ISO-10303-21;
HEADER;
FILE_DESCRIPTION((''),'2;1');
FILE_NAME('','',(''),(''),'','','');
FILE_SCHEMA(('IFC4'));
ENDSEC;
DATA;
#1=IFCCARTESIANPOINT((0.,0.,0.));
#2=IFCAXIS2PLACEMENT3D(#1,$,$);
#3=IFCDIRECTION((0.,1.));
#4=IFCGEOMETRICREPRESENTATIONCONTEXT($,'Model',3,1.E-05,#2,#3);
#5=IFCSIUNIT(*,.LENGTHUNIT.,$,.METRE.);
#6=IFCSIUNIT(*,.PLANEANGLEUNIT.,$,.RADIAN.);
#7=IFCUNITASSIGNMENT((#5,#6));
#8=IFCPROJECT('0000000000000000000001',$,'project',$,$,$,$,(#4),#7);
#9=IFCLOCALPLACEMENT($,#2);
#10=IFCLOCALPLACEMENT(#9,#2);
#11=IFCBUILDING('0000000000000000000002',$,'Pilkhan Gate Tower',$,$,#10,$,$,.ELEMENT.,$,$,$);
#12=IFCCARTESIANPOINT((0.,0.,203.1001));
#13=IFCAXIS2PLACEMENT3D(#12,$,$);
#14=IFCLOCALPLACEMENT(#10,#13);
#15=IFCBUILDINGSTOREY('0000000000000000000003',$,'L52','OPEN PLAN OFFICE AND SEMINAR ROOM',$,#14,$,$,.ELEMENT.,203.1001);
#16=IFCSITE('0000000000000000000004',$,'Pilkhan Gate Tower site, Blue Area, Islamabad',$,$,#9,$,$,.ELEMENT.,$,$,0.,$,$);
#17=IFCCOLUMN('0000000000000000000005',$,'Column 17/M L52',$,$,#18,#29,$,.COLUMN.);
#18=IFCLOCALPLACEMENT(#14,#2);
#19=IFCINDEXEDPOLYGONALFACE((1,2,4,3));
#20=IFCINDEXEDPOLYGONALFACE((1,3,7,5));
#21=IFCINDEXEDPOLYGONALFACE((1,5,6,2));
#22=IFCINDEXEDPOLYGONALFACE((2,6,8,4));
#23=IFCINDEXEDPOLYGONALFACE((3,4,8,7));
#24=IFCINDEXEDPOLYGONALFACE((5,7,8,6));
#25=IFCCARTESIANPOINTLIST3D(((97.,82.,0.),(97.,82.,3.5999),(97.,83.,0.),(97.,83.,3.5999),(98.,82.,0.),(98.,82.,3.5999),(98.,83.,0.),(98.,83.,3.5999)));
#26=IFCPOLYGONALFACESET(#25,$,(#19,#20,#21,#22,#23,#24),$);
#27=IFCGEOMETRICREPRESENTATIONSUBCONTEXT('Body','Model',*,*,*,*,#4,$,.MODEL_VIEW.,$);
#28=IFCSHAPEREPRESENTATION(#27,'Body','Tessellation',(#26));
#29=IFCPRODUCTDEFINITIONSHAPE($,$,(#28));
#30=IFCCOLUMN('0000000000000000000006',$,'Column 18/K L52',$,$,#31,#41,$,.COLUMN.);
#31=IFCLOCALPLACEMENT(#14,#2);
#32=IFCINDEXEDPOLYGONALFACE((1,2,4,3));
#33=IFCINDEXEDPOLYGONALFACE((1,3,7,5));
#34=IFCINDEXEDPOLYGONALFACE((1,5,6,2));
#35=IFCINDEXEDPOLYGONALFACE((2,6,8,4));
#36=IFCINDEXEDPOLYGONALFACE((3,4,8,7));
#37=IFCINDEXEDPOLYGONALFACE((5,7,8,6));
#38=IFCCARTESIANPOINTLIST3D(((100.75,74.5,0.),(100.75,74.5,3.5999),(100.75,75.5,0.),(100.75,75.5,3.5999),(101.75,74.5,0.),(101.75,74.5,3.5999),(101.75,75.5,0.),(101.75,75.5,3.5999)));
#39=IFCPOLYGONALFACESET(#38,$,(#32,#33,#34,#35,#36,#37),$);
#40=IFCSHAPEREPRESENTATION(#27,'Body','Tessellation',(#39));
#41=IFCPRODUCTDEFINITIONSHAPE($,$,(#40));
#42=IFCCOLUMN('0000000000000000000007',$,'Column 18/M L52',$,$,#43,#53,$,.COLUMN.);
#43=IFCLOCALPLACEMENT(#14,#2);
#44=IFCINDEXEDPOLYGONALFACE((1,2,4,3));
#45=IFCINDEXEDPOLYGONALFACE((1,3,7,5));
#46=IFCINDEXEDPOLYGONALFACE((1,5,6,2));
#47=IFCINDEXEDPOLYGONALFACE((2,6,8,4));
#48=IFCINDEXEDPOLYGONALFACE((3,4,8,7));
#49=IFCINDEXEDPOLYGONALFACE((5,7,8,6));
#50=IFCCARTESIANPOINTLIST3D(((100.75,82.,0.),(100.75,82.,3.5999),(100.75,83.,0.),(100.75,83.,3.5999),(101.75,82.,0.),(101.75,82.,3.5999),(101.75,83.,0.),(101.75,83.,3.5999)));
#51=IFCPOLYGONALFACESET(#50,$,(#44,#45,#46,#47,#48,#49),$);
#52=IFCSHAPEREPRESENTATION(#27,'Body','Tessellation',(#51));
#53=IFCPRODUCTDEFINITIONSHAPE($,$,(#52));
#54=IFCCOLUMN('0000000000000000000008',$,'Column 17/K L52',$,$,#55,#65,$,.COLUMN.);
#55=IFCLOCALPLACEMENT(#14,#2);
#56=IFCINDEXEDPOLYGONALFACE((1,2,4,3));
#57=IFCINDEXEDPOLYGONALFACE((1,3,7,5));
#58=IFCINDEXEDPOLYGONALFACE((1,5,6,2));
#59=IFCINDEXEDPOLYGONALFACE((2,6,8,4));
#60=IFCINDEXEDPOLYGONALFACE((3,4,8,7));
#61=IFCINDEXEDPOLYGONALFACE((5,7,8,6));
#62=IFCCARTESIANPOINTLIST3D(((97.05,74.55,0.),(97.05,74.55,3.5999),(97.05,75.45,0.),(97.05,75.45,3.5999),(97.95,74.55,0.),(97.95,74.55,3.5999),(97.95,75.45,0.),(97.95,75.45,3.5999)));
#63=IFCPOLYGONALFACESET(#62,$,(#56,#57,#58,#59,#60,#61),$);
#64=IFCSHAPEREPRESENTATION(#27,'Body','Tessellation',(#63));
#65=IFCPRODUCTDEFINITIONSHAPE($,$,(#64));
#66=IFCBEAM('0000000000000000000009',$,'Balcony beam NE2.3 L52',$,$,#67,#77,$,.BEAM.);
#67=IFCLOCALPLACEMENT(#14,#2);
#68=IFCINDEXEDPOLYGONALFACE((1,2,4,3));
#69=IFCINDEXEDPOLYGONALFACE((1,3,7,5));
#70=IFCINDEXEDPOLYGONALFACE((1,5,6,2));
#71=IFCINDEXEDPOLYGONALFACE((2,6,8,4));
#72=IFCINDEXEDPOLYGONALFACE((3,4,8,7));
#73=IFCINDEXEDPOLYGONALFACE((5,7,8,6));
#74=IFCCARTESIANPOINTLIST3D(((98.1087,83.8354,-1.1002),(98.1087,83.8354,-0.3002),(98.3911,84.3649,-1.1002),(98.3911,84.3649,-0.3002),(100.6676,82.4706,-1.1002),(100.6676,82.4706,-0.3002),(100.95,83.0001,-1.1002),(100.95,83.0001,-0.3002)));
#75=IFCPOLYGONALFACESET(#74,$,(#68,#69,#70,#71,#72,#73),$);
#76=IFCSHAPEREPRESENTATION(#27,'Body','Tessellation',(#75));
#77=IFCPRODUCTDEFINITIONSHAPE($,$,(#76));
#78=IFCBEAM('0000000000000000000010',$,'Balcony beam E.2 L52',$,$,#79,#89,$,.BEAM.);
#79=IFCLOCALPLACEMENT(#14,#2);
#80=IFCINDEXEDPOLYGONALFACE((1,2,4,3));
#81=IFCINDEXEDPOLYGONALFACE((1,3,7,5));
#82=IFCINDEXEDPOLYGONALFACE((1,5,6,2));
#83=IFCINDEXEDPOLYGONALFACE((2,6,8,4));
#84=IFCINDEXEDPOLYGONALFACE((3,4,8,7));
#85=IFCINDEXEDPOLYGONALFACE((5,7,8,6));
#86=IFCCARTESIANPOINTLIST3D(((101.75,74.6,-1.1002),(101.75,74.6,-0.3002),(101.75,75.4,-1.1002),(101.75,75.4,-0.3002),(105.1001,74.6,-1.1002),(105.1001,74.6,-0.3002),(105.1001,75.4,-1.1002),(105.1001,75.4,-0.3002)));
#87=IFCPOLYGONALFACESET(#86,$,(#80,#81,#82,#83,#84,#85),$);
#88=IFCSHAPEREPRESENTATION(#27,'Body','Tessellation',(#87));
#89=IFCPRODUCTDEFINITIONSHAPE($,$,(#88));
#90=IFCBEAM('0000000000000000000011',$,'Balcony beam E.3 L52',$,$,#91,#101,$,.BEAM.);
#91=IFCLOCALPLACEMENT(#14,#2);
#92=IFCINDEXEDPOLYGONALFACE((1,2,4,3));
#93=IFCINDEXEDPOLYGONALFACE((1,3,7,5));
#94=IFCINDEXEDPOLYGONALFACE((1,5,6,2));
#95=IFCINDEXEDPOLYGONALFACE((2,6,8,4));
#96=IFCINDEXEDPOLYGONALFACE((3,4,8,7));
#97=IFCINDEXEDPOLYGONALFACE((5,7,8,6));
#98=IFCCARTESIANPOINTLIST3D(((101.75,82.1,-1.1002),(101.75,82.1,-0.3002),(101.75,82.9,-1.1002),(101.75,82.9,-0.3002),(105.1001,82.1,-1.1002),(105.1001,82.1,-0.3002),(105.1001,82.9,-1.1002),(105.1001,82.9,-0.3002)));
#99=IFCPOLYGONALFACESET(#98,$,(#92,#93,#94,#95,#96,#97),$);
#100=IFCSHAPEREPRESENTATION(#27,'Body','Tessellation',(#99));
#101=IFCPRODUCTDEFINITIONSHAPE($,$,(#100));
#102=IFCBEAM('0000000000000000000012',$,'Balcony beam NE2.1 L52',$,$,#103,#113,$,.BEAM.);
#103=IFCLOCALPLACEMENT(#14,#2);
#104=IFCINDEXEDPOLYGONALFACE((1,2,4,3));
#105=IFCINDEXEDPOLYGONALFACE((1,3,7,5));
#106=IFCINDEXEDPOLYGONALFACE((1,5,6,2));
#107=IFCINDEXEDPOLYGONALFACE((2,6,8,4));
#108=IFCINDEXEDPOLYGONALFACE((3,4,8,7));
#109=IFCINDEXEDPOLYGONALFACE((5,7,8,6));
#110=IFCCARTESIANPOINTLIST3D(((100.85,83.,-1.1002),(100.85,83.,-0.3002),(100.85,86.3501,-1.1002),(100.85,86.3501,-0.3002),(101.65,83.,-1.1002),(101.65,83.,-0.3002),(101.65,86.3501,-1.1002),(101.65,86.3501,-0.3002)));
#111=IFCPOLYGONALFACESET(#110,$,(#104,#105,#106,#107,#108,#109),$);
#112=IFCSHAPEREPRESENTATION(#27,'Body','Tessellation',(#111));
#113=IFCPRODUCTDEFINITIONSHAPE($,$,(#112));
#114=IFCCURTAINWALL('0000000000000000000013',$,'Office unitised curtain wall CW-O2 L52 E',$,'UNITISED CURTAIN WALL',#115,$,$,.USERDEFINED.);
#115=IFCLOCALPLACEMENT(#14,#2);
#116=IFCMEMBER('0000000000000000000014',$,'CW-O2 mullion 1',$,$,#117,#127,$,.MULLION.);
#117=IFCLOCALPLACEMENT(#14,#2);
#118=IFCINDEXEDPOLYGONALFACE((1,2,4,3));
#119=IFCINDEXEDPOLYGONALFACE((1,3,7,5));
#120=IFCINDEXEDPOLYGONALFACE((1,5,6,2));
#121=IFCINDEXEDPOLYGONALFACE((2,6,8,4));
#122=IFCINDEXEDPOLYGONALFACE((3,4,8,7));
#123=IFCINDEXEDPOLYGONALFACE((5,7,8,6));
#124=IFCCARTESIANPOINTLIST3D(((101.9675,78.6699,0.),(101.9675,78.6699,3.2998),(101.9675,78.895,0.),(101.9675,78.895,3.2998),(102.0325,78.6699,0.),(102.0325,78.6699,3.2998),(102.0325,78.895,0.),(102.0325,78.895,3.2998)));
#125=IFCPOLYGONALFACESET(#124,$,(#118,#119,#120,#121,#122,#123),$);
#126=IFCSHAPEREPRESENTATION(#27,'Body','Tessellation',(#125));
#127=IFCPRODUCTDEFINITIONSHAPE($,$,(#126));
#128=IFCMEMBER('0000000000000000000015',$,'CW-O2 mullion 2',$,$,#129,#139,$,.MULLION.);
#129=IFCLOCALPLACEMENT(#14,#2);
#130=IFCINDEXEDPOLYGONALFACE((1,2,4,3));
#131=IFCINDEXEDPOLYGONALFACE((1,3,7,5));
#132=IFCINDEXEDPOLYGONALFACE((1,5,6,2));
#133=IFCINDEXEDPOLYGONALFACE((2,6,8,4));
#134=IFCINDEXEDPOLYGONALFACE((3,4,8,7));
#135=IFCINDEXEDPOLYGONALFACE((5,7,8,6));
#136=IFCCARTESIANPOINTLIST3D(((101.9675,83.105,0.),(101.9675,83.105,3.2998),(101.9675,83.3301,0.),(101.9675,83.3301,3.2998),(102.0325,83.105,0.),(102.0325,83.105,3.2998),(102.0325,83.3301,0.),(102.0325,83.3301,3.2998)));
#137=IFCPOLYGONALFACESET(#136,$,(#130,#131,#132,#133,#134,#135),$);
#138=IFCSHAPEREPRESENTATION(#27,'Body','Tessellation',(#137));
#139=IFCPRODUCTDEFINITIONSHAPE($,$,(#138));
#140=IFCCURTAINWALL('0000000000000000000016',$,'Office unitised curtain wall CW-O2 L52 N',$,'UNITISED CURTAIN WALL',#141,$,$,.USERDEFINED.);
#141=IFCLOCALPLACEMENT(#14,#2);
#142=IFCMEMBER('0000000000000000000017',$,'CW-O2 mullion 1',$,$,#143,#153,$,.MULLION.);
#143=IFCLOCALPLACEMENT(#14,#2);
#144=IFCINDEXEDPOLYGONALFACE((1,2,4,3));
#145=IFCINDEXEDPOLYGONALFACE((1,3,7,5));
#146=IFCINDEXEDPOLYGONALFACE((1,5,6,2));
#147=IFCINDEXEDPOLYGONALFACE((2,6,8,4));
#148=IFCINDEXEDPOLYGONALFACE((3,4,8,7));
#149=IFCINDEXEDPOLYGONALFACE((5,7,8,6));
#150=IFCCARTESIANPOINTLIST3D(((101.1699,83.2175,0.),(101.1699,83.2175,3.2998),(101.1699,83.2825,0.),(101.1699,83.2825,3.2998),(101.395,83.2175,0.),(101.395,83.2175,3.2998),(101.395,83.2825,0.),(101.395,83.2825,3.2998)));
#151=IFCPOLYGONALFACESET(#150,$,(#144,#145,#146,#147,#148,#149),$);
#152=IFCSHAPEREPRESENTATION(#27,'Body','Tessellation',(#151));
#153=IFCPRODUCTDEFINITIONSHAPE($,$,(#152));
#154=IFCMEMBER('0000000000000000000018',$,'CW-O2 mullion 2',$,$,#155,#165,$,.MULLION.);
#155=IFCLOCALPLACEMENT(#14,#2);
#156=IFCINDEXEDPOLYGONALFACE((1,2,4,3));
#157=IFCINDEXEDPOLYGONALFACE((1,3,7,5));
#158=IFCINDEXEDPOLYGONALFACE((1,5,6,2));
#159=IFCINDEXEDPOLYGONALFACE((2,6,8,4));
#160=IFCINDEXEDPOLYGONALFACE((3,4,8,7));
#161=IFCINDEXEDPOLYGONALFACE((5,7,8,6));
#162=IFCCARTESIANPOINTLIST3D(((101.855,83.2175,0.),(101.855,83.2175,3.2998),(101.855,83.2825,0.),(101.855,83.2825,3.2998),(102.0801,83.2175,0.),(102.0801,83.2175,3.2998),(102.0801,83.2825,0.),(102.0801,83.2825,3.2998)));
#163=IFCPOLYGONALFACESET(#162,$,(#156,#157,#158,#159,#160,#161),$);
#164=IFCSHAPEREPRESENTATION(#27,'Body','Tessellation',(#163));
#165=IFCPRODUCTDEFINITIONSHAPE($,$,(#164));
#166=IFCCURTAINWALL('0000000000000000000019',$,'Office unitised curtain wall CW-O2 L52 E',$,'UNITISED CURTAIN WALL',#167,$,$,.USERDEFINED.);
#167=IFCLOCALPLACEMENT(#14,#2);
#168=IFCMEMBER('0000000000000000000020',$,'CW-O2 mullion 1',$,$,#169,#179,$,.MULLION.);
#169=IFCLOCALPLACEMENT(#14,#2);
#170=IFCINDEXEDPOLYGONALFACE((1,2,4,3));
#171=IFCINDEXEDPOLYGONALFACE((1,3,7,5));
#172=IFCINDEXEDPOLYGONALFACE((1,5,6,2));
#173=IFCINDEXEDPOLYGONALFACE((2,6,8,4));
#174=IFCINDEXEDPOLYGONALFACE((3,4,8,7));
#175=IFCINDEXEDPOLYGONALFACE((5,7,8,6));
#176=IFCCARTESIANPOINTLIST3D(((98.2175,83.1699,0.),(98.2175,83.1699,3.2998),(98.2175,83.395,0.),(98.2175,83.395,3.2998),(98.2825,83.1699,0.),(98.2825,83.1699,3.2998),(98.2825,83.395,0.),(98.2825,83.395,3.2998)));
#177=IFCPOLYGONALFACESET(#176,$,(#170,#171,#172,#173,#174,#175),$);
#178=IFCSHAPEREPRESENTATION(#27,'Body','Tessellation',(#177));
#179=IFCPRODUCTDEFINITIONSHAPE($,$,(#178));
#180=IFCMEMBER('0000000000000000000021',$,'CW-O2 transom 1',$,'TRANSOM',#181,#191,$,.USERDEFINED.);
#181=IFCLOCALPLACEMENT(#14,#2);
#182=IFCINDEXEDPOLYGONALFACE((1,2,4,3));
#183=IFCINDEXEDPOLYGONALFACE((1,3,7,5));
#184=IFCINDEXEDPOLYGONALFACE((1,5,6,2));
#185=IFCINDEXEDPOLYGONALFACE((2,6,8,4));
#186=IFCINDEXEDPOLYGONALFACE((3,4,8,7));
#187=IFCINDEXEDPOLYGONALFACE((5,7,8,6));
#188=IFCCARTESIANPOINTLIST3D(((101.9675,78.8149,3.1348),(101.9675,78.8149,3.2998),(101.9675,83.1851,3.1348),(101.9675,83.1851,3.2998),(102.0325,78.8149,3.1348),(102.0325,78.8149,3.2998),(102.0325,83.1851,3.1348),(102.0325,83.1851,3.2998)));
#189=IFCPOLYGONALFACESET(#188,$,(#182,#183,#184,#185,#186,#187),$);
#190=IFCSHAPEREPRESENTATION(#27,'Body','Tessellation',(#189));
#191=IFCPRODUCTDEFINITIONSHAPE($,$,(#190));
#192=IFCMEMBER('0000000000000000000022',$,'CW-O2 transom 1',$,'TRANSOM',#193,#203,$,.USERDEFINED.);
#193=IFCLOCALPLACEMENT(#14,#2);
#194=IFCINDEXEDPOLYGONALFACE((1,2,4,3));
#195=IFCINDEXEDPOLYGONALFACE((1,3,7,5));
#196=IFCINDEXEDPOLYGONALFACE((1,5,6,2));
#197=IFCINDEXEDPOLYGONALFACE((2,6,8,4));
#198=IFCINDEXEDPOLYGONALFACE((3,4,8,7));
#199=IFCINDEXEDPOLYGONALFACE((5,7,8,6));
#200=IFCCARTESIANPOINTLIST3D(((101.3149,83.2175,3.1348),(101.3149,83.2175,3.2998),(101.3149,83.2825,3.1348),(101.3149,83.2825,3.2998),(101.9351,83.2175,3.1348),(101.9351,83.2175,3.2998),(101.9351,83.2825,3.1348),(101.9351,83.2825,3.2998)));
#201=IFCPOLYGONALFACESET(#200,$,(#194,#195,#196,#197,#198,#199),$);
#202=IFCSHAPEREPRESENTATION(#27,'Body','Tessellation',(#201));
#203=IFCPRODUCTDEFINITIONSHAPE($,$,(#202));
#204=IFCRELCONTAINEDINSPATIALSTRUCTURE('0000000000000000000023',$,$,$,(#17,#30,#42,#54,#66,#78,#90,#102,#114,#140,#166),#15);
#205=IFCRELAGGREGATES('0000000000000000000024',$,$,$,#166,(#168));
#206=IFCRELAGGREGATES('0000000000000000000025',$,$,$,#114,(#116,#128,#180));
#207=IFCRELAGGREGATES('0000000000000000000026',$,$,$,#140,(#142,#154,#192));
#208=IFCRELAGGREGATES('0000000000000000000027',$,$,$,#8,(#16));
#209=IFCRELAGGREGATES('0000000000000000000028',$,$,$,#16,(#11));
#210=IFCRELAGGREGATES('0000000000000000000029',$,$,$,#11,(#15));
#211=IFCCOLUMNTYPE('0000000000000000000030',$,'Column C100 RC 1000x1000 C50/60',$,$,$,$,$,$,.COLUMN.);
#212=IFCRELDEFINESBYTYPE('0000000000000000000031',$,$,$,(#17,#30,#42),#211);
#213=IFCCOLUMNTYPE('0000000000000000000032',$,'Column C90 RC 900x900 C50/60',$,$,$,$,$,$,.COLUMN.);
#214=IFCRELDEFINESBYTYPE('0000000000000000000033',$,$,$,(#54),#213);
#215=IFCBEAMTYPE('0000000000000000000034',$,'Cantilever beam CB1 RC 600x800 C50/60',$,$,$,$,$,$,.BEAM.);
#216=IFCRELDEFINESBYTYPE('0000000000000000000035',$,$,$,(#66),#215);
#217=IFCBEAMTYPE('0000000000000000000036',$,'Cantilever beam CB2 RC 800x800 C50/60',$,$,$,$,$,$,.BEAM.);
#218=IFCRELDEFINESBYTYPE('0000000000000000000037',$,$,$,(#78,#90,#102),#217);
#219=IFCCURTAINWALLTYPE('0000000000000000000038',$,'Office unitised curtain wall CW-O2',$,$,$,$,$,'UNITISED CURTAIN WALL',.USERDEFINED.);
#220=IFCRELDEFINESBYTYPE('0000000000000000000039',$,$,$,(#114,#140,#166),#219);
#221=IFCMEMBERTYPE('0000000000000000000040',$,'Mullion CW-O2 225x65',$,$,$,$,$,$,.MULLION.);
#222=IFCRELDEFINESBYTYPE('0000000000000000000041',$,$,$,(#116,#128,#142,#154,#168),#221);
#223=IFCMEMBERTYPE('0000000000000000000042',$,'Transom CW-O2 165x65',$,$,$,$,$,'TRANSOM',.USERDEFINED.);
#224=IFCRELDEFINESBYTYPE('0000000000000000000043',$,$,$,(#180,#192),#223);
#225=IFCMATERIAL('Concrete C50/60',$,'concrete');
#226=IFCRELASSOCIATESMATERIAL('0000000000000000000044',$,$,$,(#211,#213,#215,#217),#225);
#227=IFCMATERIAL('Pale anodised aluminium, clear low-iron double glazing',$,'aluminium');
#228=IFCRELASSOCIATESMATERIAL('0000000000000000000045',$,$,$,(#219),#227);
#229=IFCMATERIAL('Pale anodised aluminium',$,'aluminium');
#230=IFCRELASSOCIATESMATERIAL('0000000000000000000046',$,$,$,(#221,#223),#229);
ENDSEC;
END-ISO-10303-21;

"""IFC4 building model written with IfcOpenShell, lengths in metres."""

from ifc_helpers import new_model, si_unit, direction, frame, origin, origin_2d, place, context, subcontext, project, spatial, rectangle, extrude, material, material_profile, profile_set, type_object, element, aggregate, save


model = new_model("IFC4")

# Units and contexts
model_context = context("Model", 3, precision=1e-05, world=origin(), true_north=direction((0.0, 1.0)))
body_context = subcontext(model_context, "Body", "Model", "MODEL_VIEW")
ifc_project = project(units=[si_unit("LENGTHUNIT", "METRE"), si_unit("PLANEANGLEUNIT", "RADIAN")], contexts=[model_context])

# Site, building, storey
site_placement = place(None, origin())
site = spatial("IfcSite", under=ifc_project, at=site_placement, Name="Pilkhan Gate Tower site, Blue Area, Islamabad", CompositionType="ELEMENT", RefElevation=0.0)
building_placement = place(site_placement, origin())
building = spatial("IfcBuilding", under=site, at=building_placement, Name="Pilkhan Gate Tower", CompositionType="ELEMENT")
storey_placement = place(building_placement, frame((0.0, 0.0, 203.1001)))
storey = spatial("IfcBuildingStorey", under=building, at=storey_placement, Name="L52", Description="OPEN PLAN OFFICE AND SEMINAR ROOM", CompositionType="ELEMENT", Elevation=203.1001)

# Columns
ifc_material_1 = material(Name="Concrete C50/60", Category="concrete")
ifc_material_profile_1 = material_profile(ifc_material_1, rectangle(XDim=1.0, YDim=1.0, at=origin_2d()), Name="RC 1000x1000")
ifc_profile_set_1 = profile_set([ifc_material_profile_1], Name="Concrete C50/60")
column_type_1 = type_object("IfcColumnType", Name="Column C100 RC 1000x1000 C50/60", PredefinedType="COLUMN", material=ifc_profile_set_1)
for number, where, z_axis, x_axis, name in (
    (1, (97.5, 82.5, 0.0), (0.0, 0.0, 1.0), (1.0, 0.0, 0.0), "Column 17/M L52"),
    (2, (101.25, 75.0, 0.0), (0.0, 0.0, 1.0), (1.0, 0.0, 0.0), "Column 18/K L52"),
    (3, (101.25, 82.5, 0.0), (0.0, 0.0, 1.0), (1.0, 0.0, 0.0), "Column 18/M L52"),
):
    element("IfcColumn", number, at=place(storey_placement, frame(where, z_axis=z_axis, x_axis=x_axis)), inside=storey, type_object=column_type_1, Name=name, PredefinedType="COLUMN", context=body_context, shape_type="SweptSolid", body=[
        extrude(rectangle(XDim=1.0, YDim=1.0, at=origin_2d()), origin(), (0.0, 0.0, 1.0), 3.5999),
    ])
ifc_material_profile_2 = material_profile(ifc_material_1, rectangle(XDim=0.8999, YDim=0.8999, at=origin_2d()), Name="RC 900x900")
ifc_profile_set_2 = profile_set([ifc_material_profile_2], Name="Concrete C50/60")
column_type_2 = type_object("IfcColumnType", Name="Column C90 RC 900x900 C50/60", PredefinedType="COLUMN", material=ifc_profile_set_2)
column_placement = place(storey_placement, frame((97.5, 75.0, 0.0), z_axis=(0.0, 0.0, 1.0), x_axis=(1.0, 0.0, 0.0)))
element("IfcColumn", 4, at=column_placement, inside=storey, type_object=column_type_2, Name="Column 17/K L52", PredefinedType="COLUMN", context=body_context, shape_type="SweptSolid", body=[
    extrude(rectangle(XDim=0.8999, YDim=0.8999, at=origin_2d()), origin(), (0.0, 0.0, 1.0), 3.5999),
])

# Beams
ifc_material_profile_3 = material_profile(ifc_material_1, rectangle(XDim=0.6001, YDim=0.8, at=origin_2d()), Name="RC 600x800")
ifc_profile_set_3 = profile_set([ifc_material_profile_3], Name="Concrete C50/60")
beam_type_1 = type_object("IfcBeamType", Name="Cantilever beam CB1 RC 600x800 C50/60", PredefinedType="BEAM", material=ifc_profile_set_3)
beam_placement = place(storey_placement, frame((100.8088, 82.7354, -0.7002), z_axis=(-0.882348, 0.470597, 0.0), x_axis=(-0.470597, -0.882348, 0.0)))
element("IfcBeam", 5, at=beam_placement, inside=storey, type_object=beam_type_1, Name="Balcony beam NE2.3 L52", PredefinedType="BEAM", context=body_context, shape_type="SweptSolid", body=[
    extrude(rectangle(XDim=0.6001, YDim=0.8, at=origin_2d()), origin(), (0.0, 0.0, 1.0), 2.9001),
])
ifc_material_profile_4 = material_profile(ifc_material_1, rectangle(XDim=0.8, YDim=0.8, at=origin_2d()), Name="RC 800x800")
ifc_profile_set_4 = profile_set([ifc_material_profile_4], Name="Concrete C50/60")
beam_type_2 = type_object("IfcBeamType", Name="Cantilever beam CB2 RC 800x800 C50/60", PredefinedType="BEAM", material=ifc_profile_set_4)
for number, where, z_axis, x_axis, name in (
    (6, (101.75, 75.0, -0.7002), (1.0, 0.0, 0.0), (0.0, 1.0, 0.0), "Balcony beam E.2 L52"),
    (7, (101.75, 82.5, -0.7002), (1.0, 0.0, 0.0), (0.0, 1.0, 0.0), "Balcony beam E.3 L52"),
    (8, (101.25, 83.0, -0.7002), (0.0, 1.0, 0.0), (-1.0, 0.0, 0.0), "Balcony beam NE2.1 L52"),
):
    element("IfcBeam", number, at=place(storey_placement, frame(where, z_axis=z_axis, x_axis=x_axis)), inside=storey, type_object=beam_type_2, Name=name, PredefinedType="BEAM", context=body_context, shape_type="SweptSolid", body=[
        extrude(rectangle(XDim=0.8, YDim=0.8, at=origin_2d()), origin(), (0.0, 0.0, 1.0), 3.3501),
    ])

# Curtain walls, members
ifc_material_2 = material(Name="Pale anodised aluminium, clear low-iron double glazing", Category="aluminium")
curtain_wall_type = type_object("IfcCurtainWallType", Name="Office unitised curtain wall CW-O2", ElementType="UNITISED CURTAIN WALL", PredefinedType="USERDEFINED", material=ifc_material_2)
curtain_wall_1_placement = place(storey_placement, origin())
curtain_wall_1 = element("IfcCurtainWall", 9, at=curtain_wall_1_placement, inside=storey, type_object=curtain_wall_type, Name="Office unitised curtain wall CW-O2 L52 E", ObjectType="UNITISED CURTAIN WALL", PredefinedType="USERDEFINED")
ifc_material_3 = material(Name="Pale anodised aluminium", Category="aluminium")
ifc_material_profile_5 = material_profile(ifc_material_3, rectangle(XDim=0.0649, YDim=0.2251, at=origin_2d()), Name="Mullion 225x65")
ifc_profile_set_5 = profile_set([ifc_material_profile_5], Name="Pale anodised aluminium")
member_type_1 = type_object("IfcMemberType", Name="Mullion CW-O2 225x65", PredefinedType="MULLION", material=ifc_profile_set_5)
member_1_placement = place(storey_placement, frame((102.0, 78.7825, 0.0), z_axis=(0.0, 0.0, 1.0), x_axis=(-1.0, 0.0, 0.0)))
member_1 = element("IfcMember", 10, at=member_1_placement, type_object=member_type_1, Name="CW-O2 mullion 1", PredefinedType="MULLION", context=body_context, shape_type="SweptSolid", body=[
    extrude(rectangle(XDim=0.0649, YDim=0.2251, at=origin_2d()), origin(), (0.0, 0.0, 1.0), 3.2998),
])
member_2_placement = place(storey_placement, frame((102.0, 83.2175, 0.0), z_axis=(0.0, 0.0, 1.0), x_axis=(-1.0, 0.0, 0.0)))
member_2 = element("IfcMember", 11, at=member_2_placement, type_object=member_type_1, Name="CW-O2 mullion 2", PredefinedType="MULLION", context=body_context, shape_type="SweptSolid", body=[
    extrude(rectangle(XDim=0.0649, YDim=0.2251, at=origin_2d()), origin(), (0.0, 0.0, 1.0), 3.2998),
])
curtain_wall_2_placement = place(storey_placement, origin())
curtain_wall_2 = element("IfcCurtainWall", 12, at=curtain_wall_2_placement, inside=storey, type_object=curtain_wall_type, Name="Office unitised curtain wall CW-O2 L52 N", ObjectType="UNITISED CURTAIN WALL", PredefinedType="USERDEFINED")
member_3_placement = place(storey_placement, frame((101.2825, 83.25, 0.0), z_axis=(0.0, 0.0, 1.0), x_axis=(0.0, 1.0, 0.0)))
member_3 = element("IfcMember", 13, at=member_3_placement, type_object=member_type_1, Name="CW-O2 mullion 1", PredefinedType="MULLION", context=body_context, shape_type="SweptSolid", body=[
    extrude(rectangle(XDim=0.0649, YDim=0.2251, at=origin_2d()), origin(), (0.0, 0.0, 1.0), 3.2998),
])
member_4_placement = place(storey_placement, frame((101.9675, 83.25, 0.0), z_axis=(0.0, 0.0, 1.0), x_axis=(0.0, 1.0, 0.0)))
member_4 = element("IfcMember", 14, at=member_4_placement, type_object=member_type_1, Name="CW-O2 mullion 2", PredefinedType="MULLION", context=body_context, shape_type="SweptSolid", body=[
    extrude(rectangle(XDim=0.0649, YDim=0.2251, at=origin_2d()), origin(), (0.0, 0.0, 1.0), 3.2998),
])

# Curtain wall, member
curtain_wall_3_placement = place(storey_placement, origin())
curtain_wall_3 = element("IfcCurtainWall", 15, at=curtain_wall_3_placement, inside=storey, type_object=curtain_wall_type, Name="Office unitised curtain wall CW-O2 L52 E", ObjectType="UNITISED CURTAIN WALL", PredefinedType="USERDEFINED")
member_5_placement = place(storey_placement, frame((98.25, 83.2825, 0.0), z_axis=(0.0, 0.0, 1.0), x_axis=(-1.0, 0.0, 0.0)))
member_5 = element("IfcMember", 16, at=member_5_placement, type_object=member_type_1, Name="CW-O2 mullion 1", PredefinedType="MULLION", context=body_context, shape_type="SweptSolid", body=[
    extrude(rectangle(XDim=0.0649, YDim=0.2251, at=origin_2d()), origin(), (0.0, 0.0, 1.0), 3.2998),
])

# Members
ifc_material_profile_6 = material_profile(ifc_material_3, rectangle(XDim=0.0649, YDim=0.165, at=origin_2d()), Name="Transom 165x65")
ifc_profile_set_6 = profile_set([ifc_material_profile_6], Name="Pale anodised aluminium")
member_type_2 = type_object("IfcMemberType", Name="Transom CW-O2 165x65", ElementType="TRANSOM", PredefinedType="USERDEFINED", material=ifc_profile_set_6)
member_6_placement = place(storey_placement, frame((102.0, 78.8149, 3.2173), z_axis=(0.0, 1.0, 0.0), x_axis=(-1.0, 0.0, 0.0)))
member_6 = element("IfcMember", 17, at=member_6_placement, type_object=member_type_2, Name="CW-O2 transom 1", ObjectType="TRANSOM", PredefinedType="USERDEFINED", context=body_context, shape_type="SweptSolid", body=[
    extrude(rectangle(XDim=0.0649, YDim=0.165, at=origin_2d()), origin(), (0.0, 0.0, 1.0), 4.3701),
])
member_7_placement = place(storey_placement, frame((101.3149, 83.25, 3.2173), z_axis=(1.0, 0.0, 0.0), x_axis=(0.0, 1.0, 0.0)))
member_7 = element("IfcMember", 18, at=member_7_placement, type_object=member_type_2, Name="CW-O2 transom 1", ObjectType="TRANSOM", PredefinedType="USERDEFINED", context=body_context, shape_type="SweptSolid", body=[
    extrude(rectangle(XDim=0.0649, YDim=0.165, at=origin_2d()), origin(), (0.0, 0.0, 1.0), 0.6201),
])
aggregate(curtain_wall_3, [member_5])

aggregate(curtain_wall_1, [member_1, member_2, member_6])
aggregate(curtain_wall_2, [member_3, member_4, member_7])

save(model, "model.ifc")
